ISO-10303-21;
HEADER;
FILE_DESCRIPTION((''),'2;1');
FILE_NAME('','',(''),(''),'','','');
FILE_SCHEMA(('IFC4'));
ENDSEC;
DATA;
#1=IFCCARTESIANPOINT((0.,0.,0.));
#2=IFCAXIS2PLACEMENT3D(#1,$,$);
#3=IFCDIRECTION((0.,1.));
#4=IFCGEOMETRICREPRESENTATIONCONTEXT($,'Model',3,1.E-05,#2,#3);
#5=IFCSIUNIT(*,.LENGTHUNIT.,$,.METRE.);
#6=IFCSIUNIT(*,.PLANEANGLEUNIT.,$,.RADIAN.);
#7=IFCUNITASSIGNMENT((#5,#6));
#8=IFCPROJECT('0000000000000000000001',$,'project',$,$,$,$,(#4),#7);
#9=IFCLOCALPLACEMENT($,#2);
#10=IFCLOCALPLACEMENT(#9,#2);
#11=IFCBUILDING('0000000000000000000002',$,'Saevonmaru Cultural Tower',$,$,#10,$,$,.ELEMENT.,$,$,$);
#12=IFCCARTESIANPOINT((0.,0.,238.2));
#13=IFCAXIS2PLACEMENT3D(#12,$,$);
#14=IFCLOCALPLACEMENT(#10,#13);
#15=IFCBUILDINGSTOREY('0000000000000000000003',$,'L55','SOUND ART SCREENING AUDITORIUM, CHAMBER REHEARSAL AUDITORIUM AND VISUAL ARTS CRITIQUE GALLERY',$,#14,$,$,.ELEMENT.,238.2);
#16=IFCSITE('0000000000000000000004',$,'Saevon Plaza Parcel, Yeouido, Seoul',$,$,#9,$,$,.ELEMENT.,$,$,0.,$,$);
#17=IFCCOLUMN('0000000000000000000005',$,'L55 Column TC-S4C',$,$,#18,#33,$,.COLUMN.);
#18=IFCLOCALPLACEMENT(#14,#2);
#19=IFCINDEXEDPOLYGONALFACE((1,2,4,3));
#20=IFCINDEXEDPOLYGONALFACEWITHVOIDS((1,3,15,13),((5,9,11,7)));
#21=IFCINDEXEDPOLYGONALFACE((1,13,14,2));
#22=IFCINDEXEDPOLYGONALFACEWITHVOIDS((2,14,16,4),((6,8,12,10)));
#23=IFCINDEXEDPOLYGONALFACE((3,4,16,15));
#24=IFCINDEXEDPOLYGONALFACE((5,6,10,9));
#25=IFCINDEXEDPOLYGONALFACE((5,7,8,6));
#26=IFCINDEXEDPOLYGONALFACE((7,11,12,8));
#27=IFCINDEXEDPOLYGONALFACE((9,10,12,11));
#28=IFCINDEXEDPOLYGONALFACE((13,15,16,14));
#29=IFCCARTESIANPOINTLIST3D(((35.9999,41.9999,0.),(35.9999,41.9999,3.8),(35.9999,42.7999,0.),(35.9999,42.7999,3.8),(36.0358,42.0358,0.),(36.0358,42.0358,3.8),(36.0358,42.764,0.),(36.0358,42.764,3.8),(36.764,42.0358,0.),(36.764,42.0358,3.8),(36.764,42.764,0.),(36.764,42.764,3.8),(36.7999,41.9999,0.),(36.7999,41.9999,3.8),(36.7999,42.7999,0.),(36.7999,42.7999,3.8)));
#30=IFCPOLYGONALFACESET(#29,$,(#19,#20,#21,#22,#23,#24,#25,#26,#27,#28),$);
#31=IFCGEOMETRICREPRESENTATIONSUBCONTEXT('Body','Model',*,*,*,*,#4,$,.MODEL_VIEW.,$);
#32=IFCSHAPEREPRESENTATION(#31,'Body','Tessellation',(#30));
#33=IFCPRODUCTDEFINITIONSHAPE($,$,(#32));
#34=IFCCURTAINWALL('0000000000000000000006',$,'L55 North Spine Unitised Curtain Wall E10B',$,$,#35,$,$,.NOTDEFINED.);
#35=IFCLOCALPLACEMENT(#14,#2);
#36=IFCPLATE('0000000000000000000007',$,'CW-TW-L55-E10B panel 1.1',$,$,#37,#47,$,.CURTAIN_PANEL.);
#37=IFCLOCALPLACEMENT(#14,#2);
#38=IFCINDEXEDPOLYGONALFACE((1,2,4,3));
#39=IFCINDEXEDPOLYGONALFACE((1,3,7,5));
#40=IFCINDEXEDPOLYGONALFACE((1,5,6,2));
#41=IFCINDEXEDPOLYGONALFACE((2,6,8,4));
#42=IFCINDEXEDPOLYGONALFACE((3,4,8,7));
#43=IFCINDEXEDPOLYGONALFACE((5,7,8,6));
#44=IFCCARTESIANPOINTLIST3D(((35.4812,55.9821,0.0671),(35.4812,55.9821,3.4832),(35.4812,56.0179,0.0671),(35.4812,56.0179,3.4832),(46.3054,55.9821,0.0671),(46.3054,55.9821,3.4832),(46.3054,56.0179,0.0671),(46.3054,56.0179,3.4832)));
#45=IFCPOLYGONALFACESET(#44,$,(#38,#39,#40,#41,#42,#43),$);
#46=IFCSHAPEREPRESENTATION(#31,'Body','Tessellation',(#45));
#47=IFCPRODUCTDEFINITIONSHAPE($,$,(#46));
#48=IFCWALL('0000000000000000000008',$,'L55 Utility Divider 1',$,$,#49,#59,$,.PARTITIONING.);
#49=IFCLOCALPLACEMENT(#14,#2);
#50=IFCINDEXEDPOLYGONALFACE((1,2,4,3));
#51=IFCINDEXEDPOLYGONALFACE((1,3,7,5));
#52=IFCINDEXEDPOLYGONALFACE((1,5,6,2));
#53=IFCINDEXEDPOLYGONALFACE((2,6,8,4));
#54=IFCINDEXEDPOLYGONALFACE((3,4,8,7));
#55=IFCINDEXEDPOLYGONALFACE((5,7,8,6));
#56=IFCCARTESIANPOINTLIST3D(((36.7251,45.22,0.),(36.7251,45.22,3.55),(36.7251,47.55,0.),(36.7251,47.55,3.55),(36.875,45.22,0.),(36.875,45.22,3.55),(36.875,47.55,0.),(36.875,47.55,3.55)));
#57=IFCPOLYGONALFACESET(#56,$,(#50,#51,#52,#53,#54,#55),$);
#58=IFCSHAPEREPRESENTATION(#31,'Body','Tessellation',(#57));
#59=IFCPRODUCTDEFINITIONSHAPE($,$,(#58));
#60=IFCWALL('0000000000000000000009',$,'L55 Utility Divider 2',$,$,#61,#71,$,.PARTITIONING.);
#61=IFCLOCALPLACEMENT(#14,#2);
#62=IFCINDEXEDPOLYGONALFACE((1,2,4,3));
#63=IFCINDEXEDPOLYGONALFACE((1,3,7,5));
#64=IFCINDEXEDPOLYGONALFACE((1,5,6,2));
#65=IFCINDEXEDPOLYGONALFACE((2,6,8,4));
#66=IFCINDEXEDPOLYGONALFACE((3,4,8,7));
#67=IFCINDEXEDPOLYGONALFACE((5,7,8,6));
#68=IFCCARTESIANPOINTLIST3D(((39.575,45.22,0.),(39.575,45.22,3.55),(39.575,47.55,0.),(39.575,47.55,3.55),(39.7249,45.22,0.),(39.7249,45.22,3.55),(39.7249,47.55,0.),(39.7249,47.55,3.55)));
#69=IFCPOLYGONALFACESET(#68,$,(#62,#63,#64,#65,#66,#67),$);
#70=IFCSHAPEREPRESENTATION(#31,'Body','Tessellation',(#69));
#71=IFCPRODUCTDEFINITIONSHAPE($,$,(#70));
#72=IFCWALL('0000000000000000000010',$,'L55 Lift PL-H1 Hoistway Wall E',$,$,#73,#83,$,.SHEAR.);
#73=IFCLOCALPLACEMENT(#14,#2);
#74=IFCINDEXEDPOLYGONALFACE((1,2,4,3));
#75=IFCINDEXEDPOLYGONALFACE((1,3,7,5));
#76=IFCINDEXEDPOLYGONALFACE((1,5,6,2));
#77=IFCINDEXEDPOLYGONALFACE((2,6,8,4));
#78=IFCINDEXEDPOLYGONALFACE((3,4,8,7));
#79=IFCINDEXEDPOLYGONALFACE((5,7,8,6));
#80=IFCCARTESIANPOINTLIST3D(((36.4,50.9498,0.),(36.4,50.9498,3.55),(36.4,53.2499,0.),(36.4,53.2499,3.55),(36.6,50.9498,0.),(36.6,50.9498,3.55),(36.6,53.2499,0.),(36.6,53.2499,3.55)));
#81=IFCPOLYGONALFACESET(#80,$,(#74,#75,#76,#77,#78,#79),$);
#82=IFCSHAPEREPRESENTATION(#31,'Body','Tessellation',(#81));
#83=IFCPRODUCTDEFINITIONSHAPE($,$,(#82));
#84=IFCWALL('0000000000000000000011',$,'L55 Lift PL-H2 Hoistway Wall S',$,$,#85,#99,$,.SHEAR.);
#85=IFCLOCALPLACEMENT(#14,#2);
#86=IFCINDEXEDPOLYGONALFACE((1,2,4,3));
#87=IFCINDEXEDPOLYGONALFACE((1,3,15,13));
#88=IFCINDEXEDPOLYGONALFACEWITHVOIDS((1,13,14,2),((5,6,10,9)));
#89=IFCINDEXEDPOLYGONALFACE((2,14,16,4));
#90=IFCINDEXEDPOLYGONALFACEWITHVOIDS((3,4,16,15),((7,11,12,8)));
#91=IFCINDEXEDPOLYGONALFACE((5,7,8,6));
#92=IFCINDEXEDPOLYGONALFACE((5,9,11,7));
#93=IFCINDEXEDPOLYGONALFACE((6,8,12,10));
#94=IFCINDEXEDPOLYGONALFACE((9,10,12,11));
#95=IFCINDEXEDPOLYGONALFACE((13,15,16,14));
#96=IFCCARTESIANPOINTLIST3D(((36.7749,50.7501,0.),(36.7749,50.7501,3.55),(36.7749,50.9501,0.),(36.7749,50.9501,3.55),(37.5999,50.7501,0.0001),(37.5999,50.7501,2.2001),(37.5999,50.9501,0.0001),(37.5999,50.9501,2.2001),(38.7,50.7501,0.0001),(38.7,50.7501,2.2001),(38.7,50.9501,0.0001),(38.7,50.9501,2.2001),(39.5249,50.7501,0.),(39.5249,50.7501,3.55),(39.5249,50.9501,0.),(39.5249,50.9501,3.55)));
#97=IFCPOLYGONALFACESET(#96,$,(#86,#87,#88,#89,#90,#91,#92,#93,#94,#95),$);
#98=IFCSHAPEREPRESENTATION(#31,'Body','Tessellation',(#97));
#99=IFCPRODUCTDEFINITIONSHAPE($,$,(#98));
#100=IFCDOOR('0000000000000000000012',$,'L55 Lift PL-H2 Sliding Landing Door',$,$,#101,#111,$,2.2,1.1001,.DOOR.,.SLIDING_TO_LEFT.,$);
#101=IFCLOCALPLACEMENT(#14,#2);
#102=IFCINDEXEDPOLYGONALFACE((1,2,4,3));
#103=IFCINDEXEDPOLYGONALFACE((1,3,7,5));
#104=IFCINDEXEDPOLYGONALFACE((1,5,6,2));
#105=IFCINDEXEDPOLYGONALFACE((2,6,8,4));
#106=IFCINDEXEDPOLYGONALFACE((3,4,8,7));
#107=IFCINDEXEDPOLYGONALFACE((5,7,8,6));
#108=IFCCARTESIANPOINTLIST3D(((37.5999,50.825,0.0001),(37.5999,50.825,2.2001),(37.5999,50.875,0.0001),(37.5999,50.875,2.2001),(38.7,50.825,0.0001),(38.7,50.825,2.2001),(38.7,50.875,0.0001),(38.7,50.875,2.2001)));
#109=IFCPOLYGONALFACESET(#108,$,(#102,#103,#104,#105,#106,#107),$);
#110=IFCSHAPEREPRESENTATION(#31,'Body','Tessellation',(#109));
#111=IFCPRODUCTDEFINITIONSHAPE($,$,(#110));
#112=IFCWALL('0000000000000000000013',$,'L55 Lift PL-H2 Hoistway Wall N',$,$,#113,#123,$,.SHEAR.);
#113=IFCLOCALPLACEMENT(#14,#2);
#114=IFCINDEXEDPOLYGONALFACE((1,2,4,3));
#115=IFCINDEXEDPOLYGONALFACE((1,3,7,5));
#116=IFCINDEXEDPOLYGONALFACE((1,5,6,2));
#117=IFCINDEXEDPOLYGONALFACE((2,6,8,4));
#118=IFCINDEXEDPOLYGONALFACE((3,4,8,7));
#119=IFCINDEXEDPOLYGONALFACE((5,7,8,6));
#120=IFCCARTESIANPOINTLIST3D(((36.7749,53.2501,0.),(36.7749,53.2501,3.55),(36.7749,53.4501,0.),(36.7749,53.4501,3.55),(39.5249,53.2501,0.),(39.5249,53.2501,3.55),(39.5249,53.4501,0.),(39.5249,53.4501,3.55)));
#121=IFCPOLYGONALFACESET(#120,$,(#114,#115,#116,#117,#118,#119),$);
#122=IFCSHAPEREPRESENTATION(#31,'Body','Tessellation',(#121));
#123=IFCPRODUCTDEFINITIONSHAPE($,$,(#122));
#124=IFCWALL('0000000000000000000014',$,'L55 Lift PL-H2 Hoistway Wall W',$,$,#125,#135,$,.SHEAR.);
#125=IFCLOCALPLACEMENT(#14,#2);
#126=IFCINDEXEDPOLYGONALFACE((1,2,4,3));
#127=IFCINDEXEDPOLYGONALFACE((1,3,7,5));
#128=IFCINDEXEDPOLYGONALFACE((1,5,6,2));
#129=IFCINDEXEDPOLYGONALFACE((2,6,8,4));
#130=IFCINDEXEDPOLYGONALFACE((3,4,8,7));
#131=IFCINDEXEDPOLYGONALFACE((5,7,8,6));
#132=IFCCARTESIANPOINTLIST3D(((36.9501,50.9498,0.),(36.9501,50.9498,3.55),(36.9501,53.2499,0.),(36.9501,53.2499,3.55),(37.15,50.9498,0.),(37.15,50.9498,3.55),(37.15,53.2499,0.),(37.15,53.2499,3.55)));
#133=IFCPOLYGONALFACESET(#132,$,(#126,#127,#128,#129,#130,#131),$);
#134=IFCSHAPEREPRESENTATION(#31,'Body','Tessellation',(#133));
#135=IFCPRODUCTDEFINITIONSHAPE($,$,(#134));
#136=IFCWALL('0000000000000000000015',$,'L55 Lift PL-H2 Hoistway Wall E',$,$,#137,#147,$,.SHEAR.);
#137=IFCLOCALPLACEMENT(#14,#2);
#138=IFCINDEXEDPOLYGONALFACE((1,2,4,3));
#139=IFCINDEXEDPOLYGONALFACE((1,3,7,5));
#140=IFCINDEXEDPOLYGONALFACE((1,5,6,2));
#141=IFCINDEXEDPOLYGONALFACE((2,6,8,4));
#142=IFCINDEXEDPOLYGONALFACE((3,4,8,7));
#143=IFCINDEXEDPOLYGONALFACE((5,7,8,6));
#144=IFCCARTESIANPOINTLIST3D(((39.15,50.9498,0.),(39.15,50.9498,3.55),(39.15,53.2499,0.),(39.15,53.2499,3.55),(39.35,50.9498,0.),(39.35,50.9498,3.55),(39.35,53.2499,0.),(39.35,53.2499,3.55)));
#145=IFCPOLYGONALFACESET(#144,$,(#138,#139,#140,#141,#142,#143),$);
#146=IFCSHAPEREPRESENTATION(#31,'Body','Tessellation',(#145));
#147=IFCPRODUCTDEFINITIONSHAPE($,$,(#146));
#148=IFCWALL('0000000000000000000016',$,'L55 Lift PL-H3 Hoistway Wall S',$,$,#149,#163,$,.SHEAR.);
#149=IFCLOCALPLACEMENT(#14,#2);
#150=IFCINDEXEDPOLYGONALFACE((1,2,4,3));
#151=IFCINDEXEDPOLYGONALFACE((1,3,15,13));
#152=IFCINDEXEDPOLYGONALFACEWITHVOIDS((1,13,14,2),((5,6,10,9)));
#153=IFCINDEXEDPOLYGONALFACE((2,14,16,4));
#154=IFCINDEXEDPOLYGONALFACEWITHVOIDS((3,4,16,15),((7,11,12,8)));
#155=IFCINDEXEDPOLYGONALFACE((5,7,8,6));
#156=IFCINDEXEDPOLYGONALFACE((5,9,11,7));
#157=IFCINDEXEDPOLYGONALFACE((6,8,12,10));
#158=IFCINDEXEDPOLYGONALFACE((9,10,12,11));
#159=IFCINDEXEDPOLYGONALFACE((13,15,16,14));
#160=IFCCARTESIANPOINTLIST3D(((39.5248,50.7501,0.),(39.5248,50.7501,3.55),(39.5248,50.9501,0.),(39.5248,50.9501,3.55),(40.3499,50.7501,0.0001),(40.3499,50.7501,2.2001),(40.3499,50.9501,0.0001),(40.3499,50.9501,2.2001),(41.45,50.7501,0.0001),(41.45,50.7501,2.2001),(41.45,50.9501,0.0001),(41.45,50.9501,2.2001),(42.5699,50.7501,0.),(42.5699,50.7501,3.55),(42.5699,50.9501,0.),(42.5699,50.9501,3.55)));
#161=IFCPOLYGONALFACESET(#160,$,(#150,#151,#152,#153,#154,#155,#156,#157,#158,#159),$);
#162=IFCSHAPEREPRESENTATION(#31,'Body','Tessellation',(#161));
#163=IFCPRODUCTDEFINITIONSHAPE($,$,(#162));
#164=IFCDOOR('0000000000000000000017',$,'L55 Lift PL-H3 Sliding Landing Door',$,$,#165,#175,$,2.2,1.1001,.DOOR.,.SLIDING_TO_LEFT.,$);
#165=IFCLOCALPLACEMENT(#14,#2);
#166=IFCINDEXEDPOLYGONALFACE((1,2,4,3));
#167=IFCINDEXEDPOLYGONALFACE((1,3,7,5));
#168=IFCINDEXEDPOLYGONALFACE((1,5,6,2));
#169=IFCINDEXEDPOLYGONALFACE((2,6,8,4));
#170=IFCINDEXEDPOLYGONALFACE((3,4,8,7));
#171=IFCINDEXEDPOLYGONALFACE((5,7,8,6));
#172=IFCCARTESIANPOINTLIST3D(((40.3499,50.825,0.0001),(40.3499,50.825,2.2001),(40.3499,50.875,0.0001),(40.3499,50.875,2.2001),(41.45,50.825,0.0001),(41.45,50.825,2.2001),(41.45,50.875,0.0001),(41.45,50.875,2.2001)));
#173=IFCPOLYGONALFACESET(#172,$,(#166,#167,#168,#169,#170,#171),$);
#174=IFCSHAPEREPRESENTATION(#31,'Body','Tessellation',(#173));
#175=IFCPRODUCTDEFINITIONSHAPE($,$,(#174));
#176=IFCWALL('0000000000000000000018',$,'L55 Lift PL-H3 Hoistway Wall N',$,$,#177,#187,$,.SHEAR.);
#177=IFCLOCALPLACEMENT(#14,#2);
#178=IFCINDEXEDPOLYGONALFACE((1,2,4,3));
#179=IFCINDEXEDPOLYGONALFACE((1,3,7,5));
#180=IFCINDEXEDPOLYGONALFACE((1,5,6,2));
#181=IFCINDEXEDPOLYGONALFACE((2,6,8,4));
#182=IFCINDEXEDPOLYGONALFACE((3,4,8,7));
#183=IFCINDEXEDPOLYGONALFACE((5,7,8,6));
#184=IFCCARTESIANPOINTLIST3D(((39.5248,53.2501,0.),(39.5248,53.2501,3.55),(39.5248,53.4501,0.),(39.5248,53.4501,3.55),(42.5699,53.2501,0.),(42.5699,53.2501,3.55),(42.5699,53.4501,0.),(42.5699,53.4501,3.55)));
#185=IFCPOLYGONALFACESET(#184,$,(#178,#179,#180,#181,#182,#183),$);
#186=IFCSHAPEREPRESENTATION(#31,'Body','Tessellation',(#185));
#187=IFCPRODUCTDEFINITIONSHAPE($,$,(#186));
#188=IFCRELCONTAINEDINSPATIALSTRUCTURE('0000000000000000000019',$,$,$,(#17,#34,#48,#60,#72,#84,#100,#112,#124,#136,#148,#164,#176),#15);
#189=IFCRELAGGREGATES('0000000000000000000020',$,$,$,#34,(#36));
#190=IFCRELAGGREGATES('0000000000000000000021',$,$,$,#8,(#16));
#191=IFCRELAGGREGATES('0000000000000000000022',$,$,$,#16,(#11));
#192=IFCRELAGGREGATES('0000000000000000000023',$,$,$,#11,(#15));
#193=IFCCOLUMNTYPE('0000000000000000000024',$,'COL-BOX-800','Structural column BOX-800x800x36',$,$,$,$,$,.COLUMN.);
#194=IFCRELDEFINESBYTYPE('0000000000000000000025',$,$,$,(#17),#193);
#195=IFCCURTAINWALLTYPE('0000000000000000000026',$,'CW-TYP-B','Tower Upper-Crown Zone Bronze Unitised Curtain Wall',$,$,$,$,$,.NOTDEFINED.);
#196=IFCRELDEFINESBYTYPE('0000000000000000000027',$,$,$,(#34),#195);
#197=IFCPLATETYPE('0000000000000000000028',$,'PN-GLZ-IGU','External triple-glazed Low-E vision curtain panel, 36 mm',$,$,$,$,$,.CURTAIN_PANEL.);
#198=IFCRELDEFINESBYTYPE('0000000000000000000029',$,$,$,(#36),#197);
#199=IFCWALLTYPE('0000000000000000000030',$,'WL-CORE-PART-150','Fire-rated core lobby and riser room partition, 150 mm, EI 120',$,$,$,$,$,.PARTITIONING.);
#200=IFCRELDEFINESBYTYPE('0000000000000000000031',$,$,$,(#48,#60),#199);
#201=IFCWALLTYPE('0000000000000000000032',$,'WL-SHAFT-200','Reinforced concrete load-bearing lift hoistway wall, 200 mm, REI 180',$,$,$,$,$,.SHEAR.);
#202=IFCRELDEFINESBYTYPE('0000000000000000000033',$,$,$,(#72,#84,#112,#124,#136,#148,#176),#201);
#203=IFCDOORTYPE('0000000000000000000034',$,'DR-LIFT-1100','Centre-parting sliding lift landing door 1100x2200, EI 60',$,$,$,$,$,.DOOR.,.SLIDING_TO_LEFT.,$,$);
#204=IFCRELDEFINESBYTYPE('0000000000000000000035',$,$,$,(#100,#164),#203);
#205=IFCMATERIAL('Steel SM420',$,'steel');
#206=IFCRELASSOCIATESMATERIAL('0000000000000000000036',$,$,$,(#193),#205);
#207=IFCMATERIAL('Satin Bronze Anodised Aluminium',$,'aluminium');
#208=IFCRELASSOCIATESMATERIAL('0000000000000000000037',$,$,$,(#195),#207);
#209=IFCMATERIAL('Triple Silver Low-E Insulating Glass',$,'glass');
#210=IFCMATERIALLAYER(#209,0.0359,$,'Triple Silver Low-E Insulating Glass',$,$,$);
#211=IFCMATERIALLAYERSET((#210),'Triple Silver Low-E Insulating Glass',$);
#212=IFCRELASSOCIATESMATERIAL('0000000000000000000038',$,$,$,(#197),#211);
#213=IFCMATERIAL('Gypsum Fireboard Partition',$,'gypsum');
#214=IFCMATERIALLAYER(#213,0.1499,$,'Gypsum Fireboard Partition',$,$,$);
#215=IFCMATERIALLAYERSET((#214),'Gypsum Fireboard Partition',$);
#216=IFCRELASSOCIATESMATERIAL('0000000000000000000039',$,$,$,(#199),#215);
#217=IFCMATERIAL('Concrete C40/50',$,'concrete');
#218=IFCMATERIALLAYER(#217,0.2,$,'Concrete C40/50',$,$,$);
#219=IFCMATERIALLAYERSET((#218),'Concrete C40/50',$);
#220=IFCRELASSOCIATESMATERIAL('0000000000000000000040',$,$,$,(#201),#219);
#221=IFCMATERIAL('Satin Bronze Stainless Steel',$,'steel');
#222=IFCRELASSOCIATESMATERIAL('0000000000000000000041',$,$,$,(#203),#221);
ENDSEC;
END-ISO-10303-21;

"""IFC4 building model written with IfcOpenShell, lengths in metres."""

from ifc_helpers import new_model, si_unit, direction, frame, frame_2d, origin, origin_2d, place, context, subcontext, project, spatial, rectangle, hollow_rectangle, extrude, material, layer, layer_set, material_profile, profile_set, type_object, element, fill, aggregate, save


model = new_model("IFC4")

# Units and contexts
model_context = context("Model", 3, precision=1e-05, world=origin(), true_north=direction((0.0, 1.0)))
body_context = subcontext(model_context, "Body", "Model", "MODEL_VIEW")
ifc_project = project(units=[si_unit("LENGTHUNIT", "METRE"), si_unit("PLANEANGLEUNIT", "RADIAN")], contexts=[model_context])

# Site, building, storey
site_placement = place(None, origin())
site = spatial("IfcSite", under=ifc_project, at=site_placement, Name="Saevon Plaza Parcel, Yeouido, Seoul", CompositionType="ELEMENT", RefElevation=0.0)
building_placement = place(site_placement, origin())
building = spatial("IfcBuilding", under=site, at=building_placement, Name="Saevonmaru Cultural Tower", CompositionType="ELEMENT")
storey_placement = place(building_placement, frame((0.0, 0.0, 238.2)))
storey = spatial("IfcBuildingStorey", under=building, at=storey_placement, Name="L55", Description="SOUND ART SCREENING AUDITORIUM, CHAMBER REHEARSAL AUDITORIUM AND VISUAL ARTS CRITIQUE GALLERY", CompositionType="ELEMENT", Elevation=238.2)

# Column
ifc_material_1 = material(Name="Steel SM420", Category="steel")
ifc_material_profile = material_profile(ifc_material_1, hollow_rectangle(XDim=0.8, YDim=0.8, WallThickness=0.0359, at=origin_2d()), Name="BOX-800x800x36")
ifc_profile_set = profile_set([ifc_material_profile], Name="Steel SM420")
column_type = type_object("IfcColumnType", Name="COL-BOX-800", Description="Structural column BOX-800x800x36", PredefinedType="COLUMN", material=ifc_profile_set)
column_placement = place(storey_placement, frame((36.3999, 42.3999, 0.0), z_axis=(0.0, 0.0, 1.0), x_axis=(1.0, 0.0, 0.0)))
element("IfcColumn", 1, at=column_placement, inside=storey, type_object=column_type, Name="L55 Column TC-S4C", PredefinedType="COLUMN", context=body_context, shape_type="SweptSolid", body=[
    extrude(hollow_rectangle(XDim=0.8, YDim=0.8, WallThickness=0.0359, at=origin_2d()), origin(), (0.0, 0.0, 1.0), 3.8),
])

# Curtain wall, plate
ifc_material_2 = material(Name="Satin Bronze Anodised Aluminium", Category="aluminium")
curtain_wall_type = type_object("IfcCurtainWallType", Name="CW-TYP-B", Description="Tower Upper-Crown Zone Bronze Unitised Curtain Wall", PredefinedType="NOTDEFINED", material=ifc_material_2)
curtain_wall_placement = place(storey_placement, origin())
curtain_wall = element("IfcCurtainWall", 2, at=curtain_wall_placement, inside=storey, type_object=curtain_wall_type, Name="L55 North Spine Unitised Curtain Wall E10B", PredefinedType="NOTDEFINED")
ifc_material_3 = material(Name="Triple Silver Low-E Insulating Glass", Category="glass")
ifc_layer_1 = layer(ifc_material_3, 0.0359, Name="Triple Silver Low-E Insulating Glass")
ifc_layer_set_1 = layer_set([ifc_layer_1], Name="Triple Silver Low-E Insulating Glass")
plate_type = type_object("IfcPlateType", Name="PN-GLZ-IGU", Description="External triple-glazed Low-E vision curtain panel, 36 mm", PredefinedType="CURTAIN_PANEL", material=ifc_layer_set_1)
plate_placement = place(storey_placement, frame((40.8933, 56.0, 0.0671), z_axis=(0.0, 0.0, 1.0), x_axis=(-1.0, 0.0, 0.0)))
plate = element("IfcPlate", 3, at=plate_placement, type_object=plate_type, Name="CW-TW-L55-E10B panel 1.1", PredefinedType="CURTAIN_PANEL", context=body_context, shape_type="SweptSolid", body=[
    extrude(rectangle(XDim=10.8242, YDim=0.0359, at=origin_2d()), origin(), (0.0, 0.0, 1.0), 3.416),
])
aggregate(curtain_wall, [plate])

# Walls
ifc_material_4 = material(Name="Gypsum Fireboard Partition", Category="gypsum")
ifc_layer_2 = layer(ifc_material_4, 0.1499, Name="Gypsum Fireboard Partition")
ifc_layer_set_2 = layer_set([ifc_layer_2], Name="Gypsum Fireboard Partition")
wall_type_1 = type_object("IfcWallType", Name="WL-CORE-PART-150", Description="Fire-rated core lobby and riser room partition, 150 mm, EI 120", PredefinedType="PARTITIONING", material=ifc_layer_set_2)
for number, where, z_axis, x_axis, name in (
    (4, (36.8, 45.22, 0.0), (0.0, 0.0, 1.0), (0.0, 1.0, 0.0), "L55 Utility Divider 1"),
    (5, (39.6499, 45.22, 0.0), (0.0, 0.0, 1.0), (0.0, 1.0, 0.0), "L55 Utility Divider 2"),
):
    element("IfcWall", number, at=place(storey_placement, frame(where, z_axis=z_axis, x_axis=x_axis)), inside=storey, type_object=wall_type_1, Name=name, PredefinedType="PARTITIONING", context=body_context, shape_type="SweptSolid", body=[
        extrude(rectangle(XDim=2.3301, YDim=0.1499, at=frame_2d((1.165, 0.0))), origin(), (0.0, 0.0, 1.0), 3.55),
    ])
ifc_material_5 = material(Name="Concrete C40/50", Category="concrete")
ifc_layer_3 = layer(ifc_material_5, 0.2, Name="Concrete C40/50")
ifc_layer_set_3 = layer_set([ifc_layer_3], Name="Concrete C40/50")
wall_type_2 = type_object("IfcWallType", Name="WL-SHAFT-200", Description="Reinforced concrete load-bearing lift hoistway wall, 200 mm, REI 180", PredefinedType="SHEAR", material=ifc_layer_set_3)
wall_1_placement = place(storey_placement, frame((36.5, 50.95, 0.0), z_axis=(0.0, 0.0, 1.0), x_axis=(0.0, 1.0, 0.0)))
element("IfcWall", 6, at=wall_1_placement, inside=storey, type_object=wall_type_2, Name="L55 Lift PL-H1 Hoistway Wall E", PredefinedType="SHEAR", context=body_context, shape_type="SweptSolid", body=[
    extrude(rectangle(XDim=2.3, YDim=0.2, at=frame_2d((1.1499, 0.0))), origin(), (0.0, 0.0, 1.0), 3.55),
])

# Wall, opening, door
wall_2_placement = place(storey_placement, frame((36.7749, 50.8501, 0.0), z_axis=(0.0, 0.0, 1.0), x_axis=(1.0, 0.0, 0.0)))
wall_2 = element("IfcWall", 7, at=wall_2_placement, inside=storey, type_object=wall_type_2, Name="L55 Lift PL-H2 Hoistway Wall S", PredefinedType="SHEAR", context=body_context, shape_type="SweptSolid", body=[
    extrude(rectangle(XDim=2.75, YDim=0.2, at=frame_2d((1.375, 0.0))), origin(), (0.0, 0.0, 1.0), 3.55),
])
opening_1_placement = place(wall_2_placement, frame((0.825, 0.0, 0.0)))
opening_1 = element("IfcOpeningElement", 8, at=opening_1_placement, cuts=wall_2, PredefinedType="OPENING", context=body_context, shape_type="SweptSolid", body=[
    extrude(rectangle(XDim=1.1001, YDim=2.2, at=frame_2d((0.55, 1.1001))), frame((0.0, 0.1099, 0.0), z_axis=(0.0, -1.0, 0.0), x_axis=(1.0, 0.0, 0.0)), (0.0, 0.0, 1.0), 0.22),
])
ifc_material_6 = material(Name="Satin Bronze Stainless Steel", Category="steel")
door_type_1 = type_object("IfcDoorType", Name="DR-LIFT-1100", Description="Centre-parting sliding lift landing door 1100x2200, EI 60", OperationType="SLIDING_TO_LEFT", PredefinedType="DOOR", material=ifc_material_6)
door_1_placement = place(opening_1_placement, origin())
door_1 = element("IfcDoor", 9, at=door_1_placement, inside=storey, type_object=door_type_1, Name="L55 Lift PL-H2 Sliding Landing Door", OperationType="SLIDING_TO_LEFT", OverallHeight=2.2, OverallWidth=1.1001, PredefinedType="DOOR", context=body_context, shape_type="SweptSolid", body=[
    extrude(rectangle(XDim=1.1001, YDim=2.2, at=frame_2d((0.55, 1.1001))), frame((0.0, 0.0249, 0.0), z_axis=(0.0, -1.0, 0.0), x_axis=(1.0, 0.0, 0.0)), (0.0, 0.0, 1.0), 0.05),
])
fill(opening_1, door_1)

# Walls
wall_3_placement = place(storey_placement, frame((36.7749, 53.3501, 0.0), z_axis=(0.0, 0.0, 1.0), x_axis=(1.0, 0.0, 0.0)))
element("IfcWall", 10, at=wall_3_placement, inside=storey, type_object=wall_type_2, Name="L55 Lift PL-H2 Hoistway Wall N", PredefinedType="SHEAR", context=body_context, shape_type="SweptSolid", body=[
    extrude(rectangle(XDim=2.75, YDim=0.2, at=frame_2d((1.375, 0.0))), origin(), (0.0, 0.0, 1.0), 3.55),
])
for number, where, z_axis, x_axis, name in (
    (11, (37.05, 50.95, 0.0), (0.0, 0.0, 1.0), (0.0, 1.0, 0.0), "L55 Lift PL-H2 Hoistway Wall W"),
    (12, (39.25, 50.95, 0.0), (0.0, 0.0, 1.0), (0.0, 1.0, 0.0), "L55 Lift PL-H2 Hoistway Wall E"),
):
    element("IfcWall", number, at=place(storey_placement, frame(where, z_axis=z_axis, x_axis=x_axis)), inside=storey, type_object=wall_type_2, Name=name, PredefinedType="SHEAR", context=body_context, shape_type="SweptSolid", body=[
        extrude(rectangle(XDim=2.3, YDim=0.2, at=frame_2d((1.1499, 0.0))), origin(), (0.0, 0.0, 1.0), 3.55),
    ])

# Wall, opening, door
wall_4_placement = place(storey_placement, frame((39.5249, 50.8501, 0.0), z_axis=(0.0, 0.0, 1.0), x_axis=(1.0, 0.0, 0.0)))
wall_4 = element("IfcWall", 13, at=wall_4_placement, inside=storey, type_object=wall_type_2, Name="L55 Lift PL-H3 Hoistway Wall S", PredefinedType="SHEAR", context=body_context, shape_type="SweptSolid", body=[
    extrude(rectangle(XDim=3.0452, YDim=0.2, at=frame_2d((1.5225, 0.0))), origin(), (0.0, 0.0, 1.0), 3.55),
])
opening_2_placement = place(wall_4_placement, frame((0.825, 0.0, 0.0)))
opening_2 = element("IfcOpeningElement", 14, at=opening_2_placement, cuts=wall_4, PredefinedType="OPENING", context=body_context, shape_type="SweptSolid", body=[
    extrude(rectangle(XDim=1.1001, YDim=2.2, at=frame_2d((0.55, 1.1001))), frame((0.0, 0.1099, 0.0), z_axis=(0.0, -1.0, 0.0), x_axis=(1.0, 0.0, 0.0)), (0.0, 0.0, 1.0), 0.22),
])
door_2_placement = place(opening_2_placement, origin())
door_2 = element("IfcDoor", 15, at=door_2_placement, inside=storey, type_object=door_type_1, Name="L55 Lift PL-H3 Sliding Landing Door", OperationType="SLIDING_TO_LEFT", OverallHeight=2.2, OverallWidth=1.1001, PredefinedType="DOOR", context=body_context, shape_type="SweptSolid", body=[
    extrude(rectangle(XDim=1.1001, YDim=2.2, at=frame_2d((0.55, 1.1001))), frame((0.0, 0.0249, 0.0), z_axis=(0.0, -1.0, 0.0), x_axis=(1.0, 0.0, 0.0)), (0.0, 0.0, 1.0), 0.05),
])
fill(opening_2, door_2)

# Wall
wall_5_placement = place(storey_placement, frame((39.5249, 53.3501, 0.0), z_axis=(0.0, 0.0, 1.0), x_axis=(1.0, 0.0, 0.0)))
element("IfcWall", 16, at=wall_5_placement, inside=storey, type_object=wall_type_2, Name="L55 Lift PL-H3 Hoistway Wall N", PredefinedType="SHEAR", context=body_context, shape_type="SweptSolid", body=[
    extrude(rectangle(XDim=3.0452, YDim=0.2, at=frame_2d((1.5225, 0.0))), origin(), (0.0, 0.0, 1.0), 3.55),
])

save(model, "model.ifc")
